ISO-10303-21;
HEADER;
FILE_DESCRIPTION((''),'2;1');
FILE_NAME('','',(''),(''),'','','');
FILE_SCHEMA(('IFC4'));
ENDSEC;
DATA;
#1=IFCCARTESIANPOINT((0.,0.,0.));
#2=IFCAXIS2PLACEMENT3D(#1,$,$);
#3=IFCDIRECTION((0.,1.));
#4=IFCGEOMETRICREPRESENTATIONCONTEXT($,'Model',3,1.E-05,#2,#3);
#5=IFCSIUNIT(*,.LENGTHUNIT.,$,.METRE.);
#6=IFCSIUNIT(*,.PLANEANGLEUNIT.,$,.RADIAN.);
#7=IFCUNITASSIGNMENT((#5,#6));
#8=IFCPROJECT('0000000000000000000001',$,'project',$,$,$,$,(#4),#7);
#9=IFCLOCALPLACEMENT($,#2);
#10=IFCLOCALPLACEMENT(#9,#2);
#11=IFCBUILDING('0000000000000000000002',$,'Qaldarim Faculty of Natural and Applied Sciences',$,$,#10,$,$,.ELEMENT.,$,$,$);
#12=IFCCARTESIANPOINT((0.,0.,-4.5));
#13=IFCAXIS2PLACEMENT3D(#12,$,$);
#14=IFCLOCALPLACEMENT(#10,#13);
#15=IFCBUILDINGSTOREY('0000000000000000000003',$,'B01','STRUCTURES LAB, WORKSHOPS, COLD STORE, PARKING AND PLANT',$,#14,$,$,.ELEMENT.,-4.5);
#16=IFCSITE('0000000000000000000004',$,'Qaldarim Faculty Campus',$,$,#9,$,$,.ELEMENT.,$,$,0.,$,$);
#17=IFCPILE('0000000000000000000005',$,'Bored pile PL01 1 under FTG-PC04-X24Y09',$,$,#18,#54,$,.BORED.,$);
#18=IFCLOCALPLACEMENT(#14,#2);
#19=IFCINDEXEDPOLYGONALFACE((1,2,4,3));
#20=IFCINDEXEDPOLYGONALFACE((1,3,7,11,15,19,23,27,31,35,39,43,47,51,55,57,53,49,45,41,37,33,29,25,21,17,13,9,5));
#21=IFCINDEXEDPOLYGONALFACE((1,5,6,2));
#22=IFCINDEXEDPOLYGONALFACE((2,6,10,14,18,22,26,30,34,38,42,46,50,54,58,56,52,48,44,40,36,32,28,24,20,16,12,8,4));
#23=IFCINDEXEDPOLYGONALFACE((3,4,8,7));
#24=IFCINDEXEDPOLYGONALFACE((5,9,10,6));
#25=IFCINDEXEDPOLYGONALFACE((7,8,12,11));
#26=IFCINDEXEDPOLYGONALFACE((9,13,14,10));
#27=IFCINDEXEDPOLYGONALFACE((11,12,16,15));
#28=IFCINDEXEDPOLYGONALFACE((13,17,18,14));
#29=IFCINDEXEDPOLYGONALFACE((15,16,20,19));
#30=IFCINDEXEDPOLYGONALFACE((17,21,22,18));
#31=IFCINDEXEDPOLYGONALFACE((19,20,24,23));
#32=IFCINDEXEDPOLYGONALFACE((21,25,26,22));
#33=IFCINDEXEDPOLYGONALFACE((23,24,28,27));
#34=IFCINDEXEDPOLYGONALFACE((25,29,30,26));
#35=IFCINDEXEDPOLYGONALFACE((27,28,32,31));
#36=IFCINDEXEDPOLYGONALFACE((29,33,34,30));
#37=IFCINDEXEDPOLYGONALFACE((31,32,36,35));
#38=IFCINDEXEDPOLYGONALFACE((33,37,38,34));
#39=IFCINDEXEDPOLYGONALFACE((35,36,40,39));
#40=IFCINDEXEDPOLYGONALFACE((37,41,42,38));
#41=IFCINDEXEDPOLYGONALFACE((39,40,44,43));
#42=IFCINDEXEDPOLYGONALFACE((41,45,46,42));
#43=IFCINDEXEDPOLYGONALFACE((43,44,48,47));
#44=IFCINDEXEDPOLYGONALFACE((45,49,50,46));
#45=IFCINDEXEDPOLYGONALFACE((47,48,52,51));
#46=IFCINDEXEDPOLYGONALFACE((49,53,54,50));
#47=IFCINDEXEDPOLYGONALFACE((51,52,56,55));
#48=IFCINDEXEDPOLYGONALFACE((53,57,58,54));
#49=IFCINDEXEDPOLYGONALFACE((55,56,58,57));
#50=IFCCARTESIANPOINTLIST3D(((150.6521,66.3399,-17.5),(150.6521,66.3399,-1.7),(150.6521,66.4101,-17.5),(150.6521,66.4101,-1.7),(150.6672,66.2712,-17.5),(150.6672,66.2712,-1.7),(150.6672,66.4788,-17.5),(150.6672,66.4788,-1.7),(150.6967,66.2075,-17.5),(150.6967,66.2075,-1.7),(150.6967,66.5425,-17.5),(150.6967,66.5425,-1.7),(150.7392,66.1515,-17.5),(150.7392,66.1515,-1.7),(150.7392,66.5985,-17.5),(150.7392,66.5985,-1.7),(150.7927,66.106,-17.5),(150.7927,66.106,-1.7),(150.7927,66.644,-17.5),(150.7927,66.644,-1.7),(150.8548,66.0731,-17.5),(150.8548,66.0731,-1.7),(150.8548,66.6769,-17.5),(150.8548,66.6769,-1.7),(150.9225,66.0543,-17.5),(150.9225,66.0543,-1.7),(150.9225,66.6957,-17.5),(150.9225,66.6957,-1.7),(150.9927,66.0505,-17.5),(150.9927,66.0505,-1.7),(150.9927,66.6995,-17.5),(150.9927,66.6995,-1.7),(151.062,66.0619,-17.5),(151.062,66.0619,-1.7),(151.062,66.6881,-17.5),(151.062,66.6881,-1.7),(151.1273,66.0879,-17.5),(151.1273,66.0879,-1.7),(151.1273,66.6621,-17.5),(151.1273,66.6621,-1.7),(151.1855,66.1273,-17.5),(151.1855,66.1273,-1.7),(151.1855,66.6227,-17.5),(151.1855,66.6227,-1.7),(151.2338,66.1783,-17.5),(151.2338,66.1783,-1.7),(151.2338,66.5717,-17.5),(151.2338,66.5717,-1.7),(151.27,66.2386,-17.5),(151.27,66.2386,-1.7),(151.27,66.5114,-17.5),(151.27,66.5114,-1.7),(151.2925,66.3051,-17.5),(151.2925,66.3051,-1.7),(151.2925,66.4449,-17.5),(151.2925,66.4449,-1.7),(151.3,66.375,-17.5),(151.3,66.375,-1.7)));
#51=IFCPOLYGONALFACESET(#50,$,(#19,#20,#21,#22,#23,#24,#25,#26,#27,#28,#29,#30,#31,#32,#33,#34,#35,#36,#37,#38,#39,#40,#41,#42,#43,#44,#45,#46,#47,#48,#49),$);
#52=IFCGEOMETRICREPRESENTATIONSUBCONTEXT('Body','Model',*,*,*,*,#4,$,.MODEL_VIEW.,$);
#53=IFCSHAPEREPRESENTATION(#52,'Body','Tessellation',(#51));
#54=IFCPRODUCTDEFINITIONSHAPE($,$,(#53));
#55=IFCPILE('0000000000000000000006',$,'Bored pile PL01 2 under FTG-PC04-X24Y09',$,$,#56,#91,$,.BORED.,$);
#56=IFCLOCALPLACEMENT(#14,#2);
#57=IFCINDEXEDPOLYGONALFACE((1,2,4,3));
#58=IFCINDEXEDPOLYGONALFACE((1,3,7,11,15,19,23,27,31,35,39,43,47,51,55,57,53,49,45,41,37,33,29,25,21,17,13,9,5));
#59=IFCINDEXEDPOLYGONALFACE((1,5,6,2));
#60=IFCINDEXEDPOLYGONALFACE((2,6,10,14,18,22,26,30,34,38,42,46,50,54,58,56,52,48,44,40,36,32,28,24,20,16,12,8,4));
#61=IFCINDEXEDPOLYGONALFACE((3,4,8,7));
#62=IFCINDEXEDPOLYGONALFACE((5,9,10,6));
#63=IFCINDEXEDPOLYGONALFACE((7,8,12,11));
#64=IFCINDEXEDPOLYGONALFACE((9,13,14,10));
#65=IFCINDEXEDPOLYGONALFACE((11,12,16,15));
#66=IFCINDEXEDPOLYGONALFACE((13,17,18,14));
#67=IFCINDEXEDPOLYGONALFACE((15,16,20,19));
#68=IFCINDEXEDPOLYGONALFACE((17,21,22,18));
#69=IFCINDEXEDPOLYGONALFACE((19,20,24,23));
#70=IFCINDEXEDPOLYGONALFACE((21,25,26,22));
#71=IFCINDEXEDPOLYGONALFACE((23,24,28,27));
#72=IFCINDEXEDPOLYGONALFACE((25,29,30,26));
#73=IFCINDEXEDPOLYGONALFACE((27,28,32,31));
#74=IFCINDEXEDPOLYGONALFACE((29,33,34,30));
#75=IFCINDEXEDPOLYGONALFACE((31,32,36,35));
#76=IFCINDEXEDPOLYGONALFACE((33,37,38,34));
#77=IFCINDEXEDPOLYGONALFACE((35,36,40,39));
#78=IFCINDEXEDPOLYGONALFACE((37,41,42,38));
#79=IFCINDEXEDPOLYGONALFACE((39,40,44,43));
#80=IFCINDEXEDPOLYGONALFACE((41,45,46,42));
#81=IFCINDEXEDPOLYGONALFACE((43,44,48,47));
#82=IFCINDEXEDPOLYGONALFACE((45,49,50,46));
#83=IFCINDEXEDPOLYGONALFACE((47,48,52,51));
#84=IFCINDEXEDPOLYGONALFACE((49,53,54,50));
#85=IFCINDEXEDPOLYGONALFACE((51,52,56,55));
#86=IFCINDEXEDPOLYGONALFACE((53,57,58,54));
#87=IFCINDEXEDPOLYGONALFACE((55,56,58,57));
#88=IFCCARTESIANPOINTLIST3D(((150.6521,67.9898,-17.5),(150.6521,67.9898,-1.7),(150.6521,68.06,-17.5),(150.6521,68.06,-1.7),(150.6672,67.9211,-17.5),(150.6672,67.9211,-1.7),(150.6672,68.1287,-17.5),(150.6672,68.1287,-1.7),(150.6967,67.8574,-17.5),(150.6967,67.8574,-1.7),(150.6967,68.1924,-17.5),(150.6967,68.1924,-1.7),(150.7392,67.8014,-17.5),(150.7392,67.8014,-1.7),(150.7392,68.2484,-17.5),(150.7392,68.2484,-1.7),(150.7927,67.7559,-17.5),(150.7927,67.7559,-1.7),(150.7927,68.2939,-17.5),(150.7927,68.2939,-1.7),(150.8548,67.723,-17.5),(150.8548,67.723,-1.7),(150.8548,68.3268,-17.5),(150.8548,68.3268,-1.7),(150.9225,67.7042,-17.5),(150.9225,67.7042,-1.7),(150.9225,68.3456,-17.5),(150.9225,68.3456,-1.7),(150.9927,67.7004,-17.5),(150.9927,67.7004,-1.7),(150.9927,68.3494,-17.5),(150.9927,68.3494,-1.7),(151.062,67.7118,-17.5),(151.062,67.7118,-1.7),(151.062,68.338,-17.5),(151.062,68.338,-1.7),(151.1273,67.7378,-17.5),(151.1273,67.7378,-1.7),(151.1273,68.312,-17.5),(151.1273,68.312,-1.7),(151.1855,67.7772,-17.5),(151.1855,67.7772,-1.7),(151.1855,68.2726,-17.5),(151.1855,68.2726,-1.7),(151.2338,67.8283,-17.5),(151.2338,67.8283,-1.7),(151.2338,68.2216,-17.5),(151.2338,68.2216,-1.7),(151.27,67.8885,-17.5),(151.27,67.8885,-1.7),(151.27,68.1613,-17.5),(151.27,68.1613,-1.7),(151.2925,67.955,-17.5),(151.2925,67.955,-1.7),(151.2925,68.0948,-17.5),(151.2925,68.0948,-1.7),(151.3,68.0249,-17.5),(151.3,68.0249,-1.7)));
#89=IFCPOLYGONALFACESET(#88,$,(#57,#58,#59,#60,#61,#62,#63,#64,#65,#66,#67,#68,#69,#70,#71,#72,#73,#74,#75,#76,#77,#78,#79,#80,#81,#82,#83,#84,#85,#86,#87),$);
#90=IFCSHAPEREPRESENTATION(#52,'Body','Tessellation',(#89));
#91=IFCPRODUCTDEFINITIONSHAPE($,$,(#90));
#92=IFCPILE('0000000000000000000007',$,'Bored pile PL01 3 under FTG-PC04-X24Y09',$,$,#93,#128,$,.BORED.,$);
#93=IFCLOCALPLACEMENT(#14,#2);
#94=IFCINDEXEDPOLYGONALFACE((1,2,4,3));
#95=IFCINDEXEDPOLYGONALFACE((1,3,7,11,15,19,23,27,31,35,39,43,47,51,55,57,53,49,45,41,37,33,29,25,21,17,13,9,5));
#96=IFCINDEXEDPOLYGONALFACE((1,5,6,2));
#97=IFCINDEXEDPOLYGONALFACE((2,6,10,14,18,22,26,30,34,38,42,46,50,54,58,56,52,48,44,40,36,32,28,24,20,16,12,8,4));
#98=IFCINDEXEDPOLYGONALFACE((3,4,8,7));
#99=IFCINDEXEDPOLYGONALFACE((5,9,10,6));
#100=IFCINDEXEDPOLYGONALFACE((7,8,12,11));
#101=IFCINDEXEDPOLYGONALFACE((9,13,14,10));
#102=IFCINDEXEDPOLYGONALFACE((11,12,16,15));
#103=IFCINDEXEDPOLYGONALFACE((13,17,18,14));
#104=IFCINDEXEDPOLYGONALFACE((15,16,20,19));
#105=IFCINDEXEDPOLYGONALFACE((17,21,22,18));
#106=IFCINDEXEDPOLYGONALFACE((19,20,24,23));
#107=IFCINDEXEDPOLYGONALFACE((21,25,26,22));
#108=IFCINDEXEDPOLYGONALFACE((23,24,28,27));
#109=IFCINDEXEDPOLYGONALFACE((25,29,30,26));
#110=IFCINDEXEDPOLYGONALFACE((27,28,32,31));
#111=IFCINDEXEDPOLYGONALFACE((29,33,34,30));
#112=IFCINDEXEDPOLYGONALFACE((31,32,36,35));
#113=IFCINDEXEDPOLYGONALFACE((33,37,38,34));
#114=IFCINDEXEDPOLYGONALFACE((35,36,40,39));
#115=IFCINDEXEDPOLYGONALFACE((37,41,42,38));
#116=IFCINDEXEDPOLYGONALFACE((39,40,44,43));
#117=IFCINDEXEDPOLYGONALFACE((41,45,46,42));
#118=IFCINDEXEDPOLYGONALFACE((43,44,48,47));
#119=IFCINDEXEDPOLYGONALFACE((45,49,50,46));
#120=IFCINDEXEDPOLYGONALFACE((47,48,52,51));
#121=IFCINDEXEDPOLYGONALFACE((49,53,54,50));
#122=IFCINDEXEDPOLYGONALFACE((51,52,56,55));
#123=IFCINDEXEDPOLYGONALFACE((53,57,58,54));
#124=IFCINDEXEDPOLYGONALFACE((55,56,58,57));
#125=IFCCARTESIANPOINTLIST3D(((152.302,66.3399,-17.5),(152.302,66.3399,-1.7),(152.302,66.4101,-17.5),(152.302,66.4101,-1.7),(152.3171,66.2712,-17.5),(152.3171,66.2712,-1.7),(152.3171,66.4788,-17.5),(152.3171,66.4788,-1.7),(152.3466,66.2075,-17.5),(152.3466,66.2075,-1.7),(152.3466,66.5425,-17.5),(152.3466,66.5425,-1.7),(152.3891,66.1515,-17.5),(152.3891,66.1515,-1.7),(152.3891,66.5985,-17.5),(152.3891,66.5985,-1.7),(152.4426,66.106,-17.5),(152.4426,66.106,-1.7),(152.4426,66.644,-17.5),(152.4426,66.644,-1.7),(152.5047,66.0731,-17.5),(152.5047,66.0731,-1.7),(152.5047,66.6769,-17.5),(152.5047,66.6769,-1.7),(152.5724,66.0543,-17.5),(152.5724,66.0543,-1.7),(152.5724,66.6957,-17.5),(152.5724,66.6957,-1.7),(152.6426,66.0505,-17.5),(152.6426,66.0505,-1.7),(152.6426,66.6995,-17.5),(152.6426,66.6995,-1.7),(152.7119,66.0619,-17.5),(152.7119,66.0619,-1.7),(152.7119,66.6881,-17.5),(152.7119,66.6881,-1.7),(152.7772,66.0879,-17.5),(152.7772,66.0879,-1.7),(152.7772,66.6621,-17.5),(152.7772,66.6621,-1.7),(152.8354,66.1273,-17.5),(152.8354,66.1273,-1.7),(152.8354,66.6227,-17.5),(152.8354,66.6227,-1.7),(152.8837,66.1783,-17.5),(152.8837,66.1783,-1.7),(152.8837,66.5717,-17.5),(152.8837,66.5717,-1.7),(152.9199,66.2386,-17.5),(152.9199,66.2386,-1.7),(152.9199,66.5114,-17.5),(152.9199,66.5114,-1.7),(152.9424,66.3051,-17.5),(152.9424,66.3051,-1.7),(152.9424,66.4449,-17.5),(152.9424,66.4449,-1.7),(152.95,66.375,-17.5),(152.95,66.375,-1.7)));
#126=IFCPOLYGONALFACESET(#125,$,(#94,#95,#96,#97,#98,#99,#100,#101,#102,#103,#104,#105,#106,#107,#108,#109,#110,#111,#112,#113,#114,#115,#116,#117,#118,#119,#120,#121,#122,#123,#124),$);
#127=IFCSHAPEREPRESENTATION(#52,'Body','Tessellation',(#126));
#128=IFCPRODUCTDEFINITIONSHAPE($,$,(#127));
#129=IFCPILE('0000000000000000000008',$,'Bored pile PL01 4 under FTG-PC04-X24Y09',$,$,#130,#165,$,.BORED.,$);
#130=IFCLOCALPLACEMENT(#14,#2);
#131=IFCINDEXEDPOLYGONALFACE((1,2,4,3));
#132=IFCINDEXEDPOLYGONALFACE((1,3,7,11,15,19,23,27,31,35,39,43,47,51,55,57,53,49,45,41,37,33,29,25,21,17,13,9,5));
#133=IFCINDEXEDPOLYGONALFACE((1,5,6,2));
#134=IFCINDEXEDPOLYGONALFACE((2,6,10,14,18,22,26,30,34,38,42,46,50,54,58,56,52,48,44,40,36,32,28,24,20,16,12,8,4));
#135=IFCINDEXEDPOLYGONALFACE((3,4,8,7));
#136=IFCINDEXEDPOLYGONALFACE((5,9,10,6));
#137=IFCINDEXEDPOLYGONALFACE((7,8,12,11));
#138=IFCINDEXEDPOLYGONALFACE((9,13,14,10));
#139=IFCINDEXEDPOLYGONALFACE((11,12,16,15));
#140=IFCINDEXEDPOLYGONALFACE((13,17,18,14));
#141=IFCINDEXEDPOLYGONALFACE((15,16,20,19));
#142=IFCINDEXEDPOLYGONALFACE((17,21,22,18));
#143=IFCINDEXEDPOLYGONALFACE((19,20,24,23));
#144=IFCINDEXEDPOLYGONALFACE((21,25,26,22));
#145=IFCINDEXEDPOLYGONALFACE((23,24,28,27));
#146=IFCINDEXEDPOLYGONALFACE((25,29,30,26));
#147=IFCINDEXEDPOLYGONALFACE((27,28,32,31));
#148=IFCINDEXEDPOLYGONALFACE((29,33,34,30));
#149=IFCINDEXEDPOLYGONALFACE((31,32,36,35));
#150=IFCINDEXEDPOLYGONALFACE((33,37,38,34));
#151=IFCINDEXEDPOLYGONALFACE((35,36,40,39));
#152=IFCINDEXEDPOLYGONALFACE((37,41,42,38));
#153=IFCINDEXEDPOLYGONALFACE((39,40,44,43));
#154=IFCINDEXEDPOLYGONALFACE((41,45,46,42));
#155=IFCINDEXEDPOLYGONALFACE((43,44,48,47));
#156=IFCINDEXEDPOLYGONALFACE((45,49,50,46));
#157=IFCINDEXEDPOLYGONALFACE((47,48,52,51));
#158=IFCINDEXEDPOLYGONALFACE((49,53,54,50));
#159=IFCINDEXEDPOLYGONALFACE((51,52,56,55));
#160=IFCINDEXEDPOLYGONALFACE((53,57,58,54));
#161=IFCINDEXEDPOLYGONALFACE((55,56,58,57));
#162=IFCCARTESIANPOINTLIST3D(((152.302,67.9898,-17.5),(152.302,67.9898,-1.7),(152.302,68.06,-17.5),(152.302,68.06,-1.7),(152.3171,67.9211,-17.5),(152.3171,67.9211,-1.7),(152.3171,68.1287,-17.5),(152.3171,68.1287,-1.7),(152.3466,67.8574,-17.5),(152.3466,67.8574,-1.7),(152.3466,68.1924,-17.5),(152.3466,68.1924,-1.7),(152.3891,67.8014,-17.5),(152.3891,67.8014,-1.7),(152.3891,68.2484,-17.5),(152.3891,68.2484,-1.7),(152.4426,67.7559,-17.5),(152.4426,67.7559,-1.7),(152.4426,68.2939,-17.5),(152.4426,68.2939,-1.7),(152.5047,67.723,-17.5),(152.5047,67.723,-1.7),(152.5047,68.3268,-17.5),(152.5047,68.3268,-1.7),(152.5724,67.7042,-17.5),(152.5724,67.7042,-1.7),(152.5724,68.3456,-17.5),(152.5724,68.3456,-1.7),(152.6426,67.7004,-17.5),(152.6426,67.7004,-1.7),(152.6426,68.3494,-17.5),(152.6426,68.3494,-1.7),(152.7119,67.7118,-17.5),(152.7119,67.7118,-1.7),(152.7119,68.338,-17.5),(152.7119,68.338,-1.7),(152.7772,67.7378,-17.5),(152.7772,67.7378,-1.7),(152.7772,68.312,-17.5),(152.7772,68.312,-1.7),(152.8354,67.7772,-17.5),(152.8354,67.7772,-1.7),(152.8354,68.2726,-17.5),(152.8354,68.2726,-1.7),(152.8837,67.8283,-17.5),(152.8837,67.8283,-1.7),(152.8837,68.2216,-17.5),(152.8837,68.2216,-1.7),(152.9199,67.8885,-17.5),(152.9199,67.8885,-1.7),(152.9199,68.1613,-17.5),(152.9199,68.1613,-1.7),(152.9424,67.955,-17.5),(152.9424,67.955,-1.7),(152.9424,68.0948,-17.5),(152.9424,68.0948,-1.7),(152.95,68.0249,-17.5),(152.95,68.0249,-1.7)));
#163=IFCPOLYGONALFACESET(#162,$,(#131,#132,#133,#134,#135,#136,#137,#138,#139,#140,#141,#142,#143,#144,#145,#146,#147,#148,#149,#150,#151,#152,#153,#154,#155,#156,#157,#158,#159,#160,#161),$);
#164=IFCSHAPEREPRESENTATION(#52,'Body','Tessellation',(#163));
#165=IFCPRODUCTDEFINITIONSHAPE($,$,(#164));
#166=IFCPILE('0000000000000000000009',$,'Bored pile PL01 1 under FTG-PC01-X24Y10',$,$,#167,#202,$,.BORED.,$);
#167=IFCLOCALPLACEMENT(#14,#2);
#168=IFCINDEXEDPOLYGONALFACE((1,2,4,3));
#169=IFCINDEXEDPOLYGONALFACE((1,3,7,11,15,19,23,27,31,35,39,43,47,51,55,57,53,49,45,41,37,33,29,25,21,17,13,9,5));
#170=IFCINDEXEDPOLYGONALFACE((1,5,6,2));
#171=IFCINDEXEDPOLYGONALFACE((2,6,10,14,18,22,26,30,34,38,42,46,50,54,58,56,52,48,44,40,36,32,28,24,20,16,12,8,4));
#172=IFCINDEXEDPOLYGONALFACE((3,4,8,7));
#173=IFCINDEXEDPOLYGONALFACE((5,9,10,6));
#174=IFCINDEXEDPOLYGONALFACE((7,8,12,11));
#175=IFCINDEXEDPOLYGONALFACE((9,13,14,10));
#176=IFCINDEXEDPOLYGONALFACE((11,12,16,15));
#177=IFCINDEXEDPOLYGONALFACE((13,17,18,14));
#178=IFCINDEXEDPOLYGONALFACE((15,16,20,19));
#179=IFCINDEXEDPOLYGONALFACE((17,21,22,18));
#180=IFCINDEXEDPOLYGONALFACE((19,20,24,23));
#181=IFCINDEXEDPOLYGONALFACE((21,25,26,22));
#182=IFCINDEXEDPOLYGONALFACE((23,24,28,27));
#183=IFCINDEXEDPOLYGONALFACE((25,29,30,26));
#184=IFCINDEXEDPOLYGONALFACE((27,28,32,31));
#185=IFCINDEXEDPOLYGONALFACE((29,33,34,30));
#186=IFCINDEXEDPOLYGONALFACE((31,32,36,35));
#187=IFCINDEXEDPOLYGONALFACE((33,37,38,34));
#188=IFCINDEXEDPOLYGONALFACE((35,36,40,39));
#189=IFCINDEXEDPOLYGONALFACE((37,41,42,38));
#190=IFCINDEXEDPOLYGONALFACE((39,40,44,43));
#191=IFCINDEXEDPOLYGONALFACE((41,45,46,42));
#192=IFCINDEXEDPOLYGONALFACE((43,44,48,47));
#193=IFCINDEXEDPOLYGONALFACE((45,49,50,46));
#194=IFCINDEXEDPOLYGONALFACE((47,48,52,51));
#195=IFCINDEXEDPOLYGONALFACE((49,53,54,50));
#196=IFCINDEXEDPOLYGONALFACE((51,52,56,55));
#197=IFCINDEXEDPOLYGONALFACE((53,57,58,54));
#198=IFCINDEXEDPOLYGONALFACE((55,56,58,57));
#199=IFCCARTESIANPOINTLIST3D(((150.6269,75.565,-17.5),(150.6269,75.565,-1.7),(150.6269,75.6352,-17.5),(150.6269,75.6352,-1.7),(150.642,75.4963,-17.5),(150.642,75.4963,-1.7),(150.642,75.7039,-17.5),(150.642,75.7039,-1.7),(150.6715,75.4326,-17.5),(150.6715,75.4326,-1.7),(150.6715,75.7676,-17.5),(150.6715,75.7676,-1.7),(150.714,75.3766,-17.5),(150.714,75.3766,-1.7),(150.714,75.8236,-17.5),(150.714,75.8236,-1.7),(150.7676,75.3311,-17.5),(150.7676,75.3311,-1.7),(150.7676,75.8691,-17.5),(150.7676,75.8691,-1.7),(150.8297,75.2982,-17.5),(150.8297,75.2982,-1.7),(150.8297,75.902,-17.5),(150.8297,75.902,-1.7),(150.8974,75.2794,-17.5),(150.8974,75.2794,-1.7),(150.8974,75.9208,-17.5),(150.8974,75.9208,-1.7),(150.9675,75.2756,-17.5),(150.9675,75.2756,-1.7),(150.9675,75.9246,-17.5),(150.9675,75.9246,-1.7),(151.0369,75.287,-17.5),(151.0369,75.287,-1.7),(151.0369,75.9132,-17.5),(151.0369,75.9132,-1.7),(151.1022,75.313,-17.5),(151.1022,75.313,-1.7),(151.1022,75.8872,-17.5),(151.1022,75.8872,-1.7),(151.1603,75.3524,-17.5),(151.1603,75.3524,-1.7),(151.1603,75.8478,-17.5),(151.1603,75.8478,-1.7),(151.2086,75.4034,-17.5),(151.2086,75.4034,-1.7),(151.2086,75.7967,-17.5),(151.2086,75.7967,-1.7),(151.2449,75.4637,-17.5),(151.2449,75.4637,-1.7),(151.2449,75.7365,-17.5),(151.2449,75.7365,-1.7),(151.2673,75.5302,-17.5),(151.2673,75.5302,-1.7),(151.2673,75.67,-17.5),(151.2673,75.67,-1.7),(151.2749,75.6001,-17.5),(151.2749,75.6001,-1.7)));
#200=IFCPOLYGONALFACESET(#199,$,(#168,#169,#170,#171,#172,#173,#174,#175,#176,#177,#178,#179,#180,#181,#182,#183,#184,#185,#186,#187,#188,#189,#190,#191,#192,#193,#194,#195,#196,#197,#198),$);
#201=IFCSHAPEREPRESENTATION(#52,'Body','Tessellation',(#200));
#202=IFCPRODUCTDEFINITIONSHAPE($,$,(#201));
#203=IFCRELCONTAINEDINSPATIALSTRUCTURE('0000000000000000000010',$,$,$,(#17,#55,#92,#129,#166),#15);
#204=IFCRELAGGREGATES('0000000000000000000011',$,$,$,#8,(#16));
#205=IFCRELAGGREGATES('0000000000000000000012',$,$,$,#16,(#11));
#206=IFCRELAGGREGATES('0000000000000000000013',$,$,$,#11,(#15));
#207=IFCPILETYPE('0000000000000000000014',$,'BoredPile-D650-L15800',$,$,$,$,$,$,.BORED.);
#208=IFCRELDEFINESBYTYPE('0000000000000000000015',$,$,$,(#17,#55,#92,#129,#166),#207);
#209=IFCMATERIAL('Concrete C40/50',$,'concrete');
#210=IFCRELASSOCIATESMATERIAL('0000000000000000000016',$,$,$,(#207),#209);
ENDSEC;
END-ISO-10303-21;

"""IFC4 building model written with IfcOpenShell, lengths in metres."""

from ifc_helpers import new_model, si_unit, direction, frame, origin, origin_2d, place, context, subcontext, project, spatial, circle, extrude, material, material_profile, profile_set, type_object, element, save


model = new_model("IFC4")

# Units and contexts
model_context = context("Model", 3, precision=1e-05, world=origin(), true_north=direction((0.0, 1.0)))
body_context = subcontext(model_context, "Body", "Model", "MODEL_VIEW")
ifc_project = project(units=[si_unit("LENGTHUNIT", "METRE"), si_unit("PLANEANGLEUNIT", "RADIAN")], contexts=[model_context])

# Site, building, storey
site_placement = place(None, origin())
site = spatial("IfcSite", under=ifc_project, at=site_placement, Name="Qaldarim Faculty Campus", CompositionType="ELEMENT", RefElevation=0.0)
building_placement = place(site_placement, origin())
building = spatial("IfcBuilding", under=site, at=building_placement, Name="Qaldarim Faculty of Natural and Applied Sciences", CompositionType="ELEMENT")
storey_placement = place(building_placement, frame((0.0, 0.0, -4.5)))
storey = spatial("IfcBuildingStorey", under=building, at=storey_placement, Name="B01", Description="STRUCTURES LAB, WORKSHOPS, COLD STORE, PARKING AND PLANT", CompositionType="ELEMENT", Elevation=-4.5)

# Piles
ifc_material_1 = material(Name="Concrete C40/50", Category="concrete")
ifc_material_profile_1 = material_profile(ifc_material_1, circle(Radius=0.325, at=origin_2d()), Name="PILE-D650")
ifc_profile_set_1 = profile_set([ifc_material_profile_1], Name="Concrete C40/50")
pile_type_1 = type_object("IfcPileType", Name="BoredPile-D650-L15800", PredefinedType="BORED", material=ifc_profile_set_1)
for number, where, z_axis, x_axis, name in (
    (1, (150.9751, 66.375, -1.7), (0.0, 0.0, -1.0), (1.0, 0.0, 0.0), "Bored pile PL01 1 under FTG-PC04-X24Y09"),
    (2, (150.9751, 68.0249, -1.7), (0.0, 0.0, -1.0), (1.0, 0.0, 0.0), "Bored pile PL01 2 under FTG-PC04-X24Y09"),
    (3, (152.625, 66.375, -1.7), (0.0, 0.0, -1.0), (1.0, 0.0, 0.0), "Bored pile PL01 3 under FTG-PC04-X24Y09"),
    (4, (152.625, 68.0249, -1.7), (0.0, 0.0, -1.0), (1.0, 0.0, 0.0), "Bored pile PL01 4 under FTG-PC04-X24Y09"),
    (5, (150.95, 75.6001, -1.7), (0.0, 0.0, -1.0), (1.0, 0.0, 0.0), "Bored pile PL01 1 under FTG-PC01-X24Y10"),
):
    element("IfcPile", number, at=place(storey_placement, frame(where, z_axis=z_axis, x_axis=x_axis)), inside=storey, type_object=pile_type_1, Name=name, PredefinedType="BORED", context=body_context, shape_type="SweptSolid", body=[
        extrude(circle(Radius=0.325, at=origin_2d()), origin(), (0.0, 0.0, 1.0), 15.8),
    ])

save(model, "model.ifc")
